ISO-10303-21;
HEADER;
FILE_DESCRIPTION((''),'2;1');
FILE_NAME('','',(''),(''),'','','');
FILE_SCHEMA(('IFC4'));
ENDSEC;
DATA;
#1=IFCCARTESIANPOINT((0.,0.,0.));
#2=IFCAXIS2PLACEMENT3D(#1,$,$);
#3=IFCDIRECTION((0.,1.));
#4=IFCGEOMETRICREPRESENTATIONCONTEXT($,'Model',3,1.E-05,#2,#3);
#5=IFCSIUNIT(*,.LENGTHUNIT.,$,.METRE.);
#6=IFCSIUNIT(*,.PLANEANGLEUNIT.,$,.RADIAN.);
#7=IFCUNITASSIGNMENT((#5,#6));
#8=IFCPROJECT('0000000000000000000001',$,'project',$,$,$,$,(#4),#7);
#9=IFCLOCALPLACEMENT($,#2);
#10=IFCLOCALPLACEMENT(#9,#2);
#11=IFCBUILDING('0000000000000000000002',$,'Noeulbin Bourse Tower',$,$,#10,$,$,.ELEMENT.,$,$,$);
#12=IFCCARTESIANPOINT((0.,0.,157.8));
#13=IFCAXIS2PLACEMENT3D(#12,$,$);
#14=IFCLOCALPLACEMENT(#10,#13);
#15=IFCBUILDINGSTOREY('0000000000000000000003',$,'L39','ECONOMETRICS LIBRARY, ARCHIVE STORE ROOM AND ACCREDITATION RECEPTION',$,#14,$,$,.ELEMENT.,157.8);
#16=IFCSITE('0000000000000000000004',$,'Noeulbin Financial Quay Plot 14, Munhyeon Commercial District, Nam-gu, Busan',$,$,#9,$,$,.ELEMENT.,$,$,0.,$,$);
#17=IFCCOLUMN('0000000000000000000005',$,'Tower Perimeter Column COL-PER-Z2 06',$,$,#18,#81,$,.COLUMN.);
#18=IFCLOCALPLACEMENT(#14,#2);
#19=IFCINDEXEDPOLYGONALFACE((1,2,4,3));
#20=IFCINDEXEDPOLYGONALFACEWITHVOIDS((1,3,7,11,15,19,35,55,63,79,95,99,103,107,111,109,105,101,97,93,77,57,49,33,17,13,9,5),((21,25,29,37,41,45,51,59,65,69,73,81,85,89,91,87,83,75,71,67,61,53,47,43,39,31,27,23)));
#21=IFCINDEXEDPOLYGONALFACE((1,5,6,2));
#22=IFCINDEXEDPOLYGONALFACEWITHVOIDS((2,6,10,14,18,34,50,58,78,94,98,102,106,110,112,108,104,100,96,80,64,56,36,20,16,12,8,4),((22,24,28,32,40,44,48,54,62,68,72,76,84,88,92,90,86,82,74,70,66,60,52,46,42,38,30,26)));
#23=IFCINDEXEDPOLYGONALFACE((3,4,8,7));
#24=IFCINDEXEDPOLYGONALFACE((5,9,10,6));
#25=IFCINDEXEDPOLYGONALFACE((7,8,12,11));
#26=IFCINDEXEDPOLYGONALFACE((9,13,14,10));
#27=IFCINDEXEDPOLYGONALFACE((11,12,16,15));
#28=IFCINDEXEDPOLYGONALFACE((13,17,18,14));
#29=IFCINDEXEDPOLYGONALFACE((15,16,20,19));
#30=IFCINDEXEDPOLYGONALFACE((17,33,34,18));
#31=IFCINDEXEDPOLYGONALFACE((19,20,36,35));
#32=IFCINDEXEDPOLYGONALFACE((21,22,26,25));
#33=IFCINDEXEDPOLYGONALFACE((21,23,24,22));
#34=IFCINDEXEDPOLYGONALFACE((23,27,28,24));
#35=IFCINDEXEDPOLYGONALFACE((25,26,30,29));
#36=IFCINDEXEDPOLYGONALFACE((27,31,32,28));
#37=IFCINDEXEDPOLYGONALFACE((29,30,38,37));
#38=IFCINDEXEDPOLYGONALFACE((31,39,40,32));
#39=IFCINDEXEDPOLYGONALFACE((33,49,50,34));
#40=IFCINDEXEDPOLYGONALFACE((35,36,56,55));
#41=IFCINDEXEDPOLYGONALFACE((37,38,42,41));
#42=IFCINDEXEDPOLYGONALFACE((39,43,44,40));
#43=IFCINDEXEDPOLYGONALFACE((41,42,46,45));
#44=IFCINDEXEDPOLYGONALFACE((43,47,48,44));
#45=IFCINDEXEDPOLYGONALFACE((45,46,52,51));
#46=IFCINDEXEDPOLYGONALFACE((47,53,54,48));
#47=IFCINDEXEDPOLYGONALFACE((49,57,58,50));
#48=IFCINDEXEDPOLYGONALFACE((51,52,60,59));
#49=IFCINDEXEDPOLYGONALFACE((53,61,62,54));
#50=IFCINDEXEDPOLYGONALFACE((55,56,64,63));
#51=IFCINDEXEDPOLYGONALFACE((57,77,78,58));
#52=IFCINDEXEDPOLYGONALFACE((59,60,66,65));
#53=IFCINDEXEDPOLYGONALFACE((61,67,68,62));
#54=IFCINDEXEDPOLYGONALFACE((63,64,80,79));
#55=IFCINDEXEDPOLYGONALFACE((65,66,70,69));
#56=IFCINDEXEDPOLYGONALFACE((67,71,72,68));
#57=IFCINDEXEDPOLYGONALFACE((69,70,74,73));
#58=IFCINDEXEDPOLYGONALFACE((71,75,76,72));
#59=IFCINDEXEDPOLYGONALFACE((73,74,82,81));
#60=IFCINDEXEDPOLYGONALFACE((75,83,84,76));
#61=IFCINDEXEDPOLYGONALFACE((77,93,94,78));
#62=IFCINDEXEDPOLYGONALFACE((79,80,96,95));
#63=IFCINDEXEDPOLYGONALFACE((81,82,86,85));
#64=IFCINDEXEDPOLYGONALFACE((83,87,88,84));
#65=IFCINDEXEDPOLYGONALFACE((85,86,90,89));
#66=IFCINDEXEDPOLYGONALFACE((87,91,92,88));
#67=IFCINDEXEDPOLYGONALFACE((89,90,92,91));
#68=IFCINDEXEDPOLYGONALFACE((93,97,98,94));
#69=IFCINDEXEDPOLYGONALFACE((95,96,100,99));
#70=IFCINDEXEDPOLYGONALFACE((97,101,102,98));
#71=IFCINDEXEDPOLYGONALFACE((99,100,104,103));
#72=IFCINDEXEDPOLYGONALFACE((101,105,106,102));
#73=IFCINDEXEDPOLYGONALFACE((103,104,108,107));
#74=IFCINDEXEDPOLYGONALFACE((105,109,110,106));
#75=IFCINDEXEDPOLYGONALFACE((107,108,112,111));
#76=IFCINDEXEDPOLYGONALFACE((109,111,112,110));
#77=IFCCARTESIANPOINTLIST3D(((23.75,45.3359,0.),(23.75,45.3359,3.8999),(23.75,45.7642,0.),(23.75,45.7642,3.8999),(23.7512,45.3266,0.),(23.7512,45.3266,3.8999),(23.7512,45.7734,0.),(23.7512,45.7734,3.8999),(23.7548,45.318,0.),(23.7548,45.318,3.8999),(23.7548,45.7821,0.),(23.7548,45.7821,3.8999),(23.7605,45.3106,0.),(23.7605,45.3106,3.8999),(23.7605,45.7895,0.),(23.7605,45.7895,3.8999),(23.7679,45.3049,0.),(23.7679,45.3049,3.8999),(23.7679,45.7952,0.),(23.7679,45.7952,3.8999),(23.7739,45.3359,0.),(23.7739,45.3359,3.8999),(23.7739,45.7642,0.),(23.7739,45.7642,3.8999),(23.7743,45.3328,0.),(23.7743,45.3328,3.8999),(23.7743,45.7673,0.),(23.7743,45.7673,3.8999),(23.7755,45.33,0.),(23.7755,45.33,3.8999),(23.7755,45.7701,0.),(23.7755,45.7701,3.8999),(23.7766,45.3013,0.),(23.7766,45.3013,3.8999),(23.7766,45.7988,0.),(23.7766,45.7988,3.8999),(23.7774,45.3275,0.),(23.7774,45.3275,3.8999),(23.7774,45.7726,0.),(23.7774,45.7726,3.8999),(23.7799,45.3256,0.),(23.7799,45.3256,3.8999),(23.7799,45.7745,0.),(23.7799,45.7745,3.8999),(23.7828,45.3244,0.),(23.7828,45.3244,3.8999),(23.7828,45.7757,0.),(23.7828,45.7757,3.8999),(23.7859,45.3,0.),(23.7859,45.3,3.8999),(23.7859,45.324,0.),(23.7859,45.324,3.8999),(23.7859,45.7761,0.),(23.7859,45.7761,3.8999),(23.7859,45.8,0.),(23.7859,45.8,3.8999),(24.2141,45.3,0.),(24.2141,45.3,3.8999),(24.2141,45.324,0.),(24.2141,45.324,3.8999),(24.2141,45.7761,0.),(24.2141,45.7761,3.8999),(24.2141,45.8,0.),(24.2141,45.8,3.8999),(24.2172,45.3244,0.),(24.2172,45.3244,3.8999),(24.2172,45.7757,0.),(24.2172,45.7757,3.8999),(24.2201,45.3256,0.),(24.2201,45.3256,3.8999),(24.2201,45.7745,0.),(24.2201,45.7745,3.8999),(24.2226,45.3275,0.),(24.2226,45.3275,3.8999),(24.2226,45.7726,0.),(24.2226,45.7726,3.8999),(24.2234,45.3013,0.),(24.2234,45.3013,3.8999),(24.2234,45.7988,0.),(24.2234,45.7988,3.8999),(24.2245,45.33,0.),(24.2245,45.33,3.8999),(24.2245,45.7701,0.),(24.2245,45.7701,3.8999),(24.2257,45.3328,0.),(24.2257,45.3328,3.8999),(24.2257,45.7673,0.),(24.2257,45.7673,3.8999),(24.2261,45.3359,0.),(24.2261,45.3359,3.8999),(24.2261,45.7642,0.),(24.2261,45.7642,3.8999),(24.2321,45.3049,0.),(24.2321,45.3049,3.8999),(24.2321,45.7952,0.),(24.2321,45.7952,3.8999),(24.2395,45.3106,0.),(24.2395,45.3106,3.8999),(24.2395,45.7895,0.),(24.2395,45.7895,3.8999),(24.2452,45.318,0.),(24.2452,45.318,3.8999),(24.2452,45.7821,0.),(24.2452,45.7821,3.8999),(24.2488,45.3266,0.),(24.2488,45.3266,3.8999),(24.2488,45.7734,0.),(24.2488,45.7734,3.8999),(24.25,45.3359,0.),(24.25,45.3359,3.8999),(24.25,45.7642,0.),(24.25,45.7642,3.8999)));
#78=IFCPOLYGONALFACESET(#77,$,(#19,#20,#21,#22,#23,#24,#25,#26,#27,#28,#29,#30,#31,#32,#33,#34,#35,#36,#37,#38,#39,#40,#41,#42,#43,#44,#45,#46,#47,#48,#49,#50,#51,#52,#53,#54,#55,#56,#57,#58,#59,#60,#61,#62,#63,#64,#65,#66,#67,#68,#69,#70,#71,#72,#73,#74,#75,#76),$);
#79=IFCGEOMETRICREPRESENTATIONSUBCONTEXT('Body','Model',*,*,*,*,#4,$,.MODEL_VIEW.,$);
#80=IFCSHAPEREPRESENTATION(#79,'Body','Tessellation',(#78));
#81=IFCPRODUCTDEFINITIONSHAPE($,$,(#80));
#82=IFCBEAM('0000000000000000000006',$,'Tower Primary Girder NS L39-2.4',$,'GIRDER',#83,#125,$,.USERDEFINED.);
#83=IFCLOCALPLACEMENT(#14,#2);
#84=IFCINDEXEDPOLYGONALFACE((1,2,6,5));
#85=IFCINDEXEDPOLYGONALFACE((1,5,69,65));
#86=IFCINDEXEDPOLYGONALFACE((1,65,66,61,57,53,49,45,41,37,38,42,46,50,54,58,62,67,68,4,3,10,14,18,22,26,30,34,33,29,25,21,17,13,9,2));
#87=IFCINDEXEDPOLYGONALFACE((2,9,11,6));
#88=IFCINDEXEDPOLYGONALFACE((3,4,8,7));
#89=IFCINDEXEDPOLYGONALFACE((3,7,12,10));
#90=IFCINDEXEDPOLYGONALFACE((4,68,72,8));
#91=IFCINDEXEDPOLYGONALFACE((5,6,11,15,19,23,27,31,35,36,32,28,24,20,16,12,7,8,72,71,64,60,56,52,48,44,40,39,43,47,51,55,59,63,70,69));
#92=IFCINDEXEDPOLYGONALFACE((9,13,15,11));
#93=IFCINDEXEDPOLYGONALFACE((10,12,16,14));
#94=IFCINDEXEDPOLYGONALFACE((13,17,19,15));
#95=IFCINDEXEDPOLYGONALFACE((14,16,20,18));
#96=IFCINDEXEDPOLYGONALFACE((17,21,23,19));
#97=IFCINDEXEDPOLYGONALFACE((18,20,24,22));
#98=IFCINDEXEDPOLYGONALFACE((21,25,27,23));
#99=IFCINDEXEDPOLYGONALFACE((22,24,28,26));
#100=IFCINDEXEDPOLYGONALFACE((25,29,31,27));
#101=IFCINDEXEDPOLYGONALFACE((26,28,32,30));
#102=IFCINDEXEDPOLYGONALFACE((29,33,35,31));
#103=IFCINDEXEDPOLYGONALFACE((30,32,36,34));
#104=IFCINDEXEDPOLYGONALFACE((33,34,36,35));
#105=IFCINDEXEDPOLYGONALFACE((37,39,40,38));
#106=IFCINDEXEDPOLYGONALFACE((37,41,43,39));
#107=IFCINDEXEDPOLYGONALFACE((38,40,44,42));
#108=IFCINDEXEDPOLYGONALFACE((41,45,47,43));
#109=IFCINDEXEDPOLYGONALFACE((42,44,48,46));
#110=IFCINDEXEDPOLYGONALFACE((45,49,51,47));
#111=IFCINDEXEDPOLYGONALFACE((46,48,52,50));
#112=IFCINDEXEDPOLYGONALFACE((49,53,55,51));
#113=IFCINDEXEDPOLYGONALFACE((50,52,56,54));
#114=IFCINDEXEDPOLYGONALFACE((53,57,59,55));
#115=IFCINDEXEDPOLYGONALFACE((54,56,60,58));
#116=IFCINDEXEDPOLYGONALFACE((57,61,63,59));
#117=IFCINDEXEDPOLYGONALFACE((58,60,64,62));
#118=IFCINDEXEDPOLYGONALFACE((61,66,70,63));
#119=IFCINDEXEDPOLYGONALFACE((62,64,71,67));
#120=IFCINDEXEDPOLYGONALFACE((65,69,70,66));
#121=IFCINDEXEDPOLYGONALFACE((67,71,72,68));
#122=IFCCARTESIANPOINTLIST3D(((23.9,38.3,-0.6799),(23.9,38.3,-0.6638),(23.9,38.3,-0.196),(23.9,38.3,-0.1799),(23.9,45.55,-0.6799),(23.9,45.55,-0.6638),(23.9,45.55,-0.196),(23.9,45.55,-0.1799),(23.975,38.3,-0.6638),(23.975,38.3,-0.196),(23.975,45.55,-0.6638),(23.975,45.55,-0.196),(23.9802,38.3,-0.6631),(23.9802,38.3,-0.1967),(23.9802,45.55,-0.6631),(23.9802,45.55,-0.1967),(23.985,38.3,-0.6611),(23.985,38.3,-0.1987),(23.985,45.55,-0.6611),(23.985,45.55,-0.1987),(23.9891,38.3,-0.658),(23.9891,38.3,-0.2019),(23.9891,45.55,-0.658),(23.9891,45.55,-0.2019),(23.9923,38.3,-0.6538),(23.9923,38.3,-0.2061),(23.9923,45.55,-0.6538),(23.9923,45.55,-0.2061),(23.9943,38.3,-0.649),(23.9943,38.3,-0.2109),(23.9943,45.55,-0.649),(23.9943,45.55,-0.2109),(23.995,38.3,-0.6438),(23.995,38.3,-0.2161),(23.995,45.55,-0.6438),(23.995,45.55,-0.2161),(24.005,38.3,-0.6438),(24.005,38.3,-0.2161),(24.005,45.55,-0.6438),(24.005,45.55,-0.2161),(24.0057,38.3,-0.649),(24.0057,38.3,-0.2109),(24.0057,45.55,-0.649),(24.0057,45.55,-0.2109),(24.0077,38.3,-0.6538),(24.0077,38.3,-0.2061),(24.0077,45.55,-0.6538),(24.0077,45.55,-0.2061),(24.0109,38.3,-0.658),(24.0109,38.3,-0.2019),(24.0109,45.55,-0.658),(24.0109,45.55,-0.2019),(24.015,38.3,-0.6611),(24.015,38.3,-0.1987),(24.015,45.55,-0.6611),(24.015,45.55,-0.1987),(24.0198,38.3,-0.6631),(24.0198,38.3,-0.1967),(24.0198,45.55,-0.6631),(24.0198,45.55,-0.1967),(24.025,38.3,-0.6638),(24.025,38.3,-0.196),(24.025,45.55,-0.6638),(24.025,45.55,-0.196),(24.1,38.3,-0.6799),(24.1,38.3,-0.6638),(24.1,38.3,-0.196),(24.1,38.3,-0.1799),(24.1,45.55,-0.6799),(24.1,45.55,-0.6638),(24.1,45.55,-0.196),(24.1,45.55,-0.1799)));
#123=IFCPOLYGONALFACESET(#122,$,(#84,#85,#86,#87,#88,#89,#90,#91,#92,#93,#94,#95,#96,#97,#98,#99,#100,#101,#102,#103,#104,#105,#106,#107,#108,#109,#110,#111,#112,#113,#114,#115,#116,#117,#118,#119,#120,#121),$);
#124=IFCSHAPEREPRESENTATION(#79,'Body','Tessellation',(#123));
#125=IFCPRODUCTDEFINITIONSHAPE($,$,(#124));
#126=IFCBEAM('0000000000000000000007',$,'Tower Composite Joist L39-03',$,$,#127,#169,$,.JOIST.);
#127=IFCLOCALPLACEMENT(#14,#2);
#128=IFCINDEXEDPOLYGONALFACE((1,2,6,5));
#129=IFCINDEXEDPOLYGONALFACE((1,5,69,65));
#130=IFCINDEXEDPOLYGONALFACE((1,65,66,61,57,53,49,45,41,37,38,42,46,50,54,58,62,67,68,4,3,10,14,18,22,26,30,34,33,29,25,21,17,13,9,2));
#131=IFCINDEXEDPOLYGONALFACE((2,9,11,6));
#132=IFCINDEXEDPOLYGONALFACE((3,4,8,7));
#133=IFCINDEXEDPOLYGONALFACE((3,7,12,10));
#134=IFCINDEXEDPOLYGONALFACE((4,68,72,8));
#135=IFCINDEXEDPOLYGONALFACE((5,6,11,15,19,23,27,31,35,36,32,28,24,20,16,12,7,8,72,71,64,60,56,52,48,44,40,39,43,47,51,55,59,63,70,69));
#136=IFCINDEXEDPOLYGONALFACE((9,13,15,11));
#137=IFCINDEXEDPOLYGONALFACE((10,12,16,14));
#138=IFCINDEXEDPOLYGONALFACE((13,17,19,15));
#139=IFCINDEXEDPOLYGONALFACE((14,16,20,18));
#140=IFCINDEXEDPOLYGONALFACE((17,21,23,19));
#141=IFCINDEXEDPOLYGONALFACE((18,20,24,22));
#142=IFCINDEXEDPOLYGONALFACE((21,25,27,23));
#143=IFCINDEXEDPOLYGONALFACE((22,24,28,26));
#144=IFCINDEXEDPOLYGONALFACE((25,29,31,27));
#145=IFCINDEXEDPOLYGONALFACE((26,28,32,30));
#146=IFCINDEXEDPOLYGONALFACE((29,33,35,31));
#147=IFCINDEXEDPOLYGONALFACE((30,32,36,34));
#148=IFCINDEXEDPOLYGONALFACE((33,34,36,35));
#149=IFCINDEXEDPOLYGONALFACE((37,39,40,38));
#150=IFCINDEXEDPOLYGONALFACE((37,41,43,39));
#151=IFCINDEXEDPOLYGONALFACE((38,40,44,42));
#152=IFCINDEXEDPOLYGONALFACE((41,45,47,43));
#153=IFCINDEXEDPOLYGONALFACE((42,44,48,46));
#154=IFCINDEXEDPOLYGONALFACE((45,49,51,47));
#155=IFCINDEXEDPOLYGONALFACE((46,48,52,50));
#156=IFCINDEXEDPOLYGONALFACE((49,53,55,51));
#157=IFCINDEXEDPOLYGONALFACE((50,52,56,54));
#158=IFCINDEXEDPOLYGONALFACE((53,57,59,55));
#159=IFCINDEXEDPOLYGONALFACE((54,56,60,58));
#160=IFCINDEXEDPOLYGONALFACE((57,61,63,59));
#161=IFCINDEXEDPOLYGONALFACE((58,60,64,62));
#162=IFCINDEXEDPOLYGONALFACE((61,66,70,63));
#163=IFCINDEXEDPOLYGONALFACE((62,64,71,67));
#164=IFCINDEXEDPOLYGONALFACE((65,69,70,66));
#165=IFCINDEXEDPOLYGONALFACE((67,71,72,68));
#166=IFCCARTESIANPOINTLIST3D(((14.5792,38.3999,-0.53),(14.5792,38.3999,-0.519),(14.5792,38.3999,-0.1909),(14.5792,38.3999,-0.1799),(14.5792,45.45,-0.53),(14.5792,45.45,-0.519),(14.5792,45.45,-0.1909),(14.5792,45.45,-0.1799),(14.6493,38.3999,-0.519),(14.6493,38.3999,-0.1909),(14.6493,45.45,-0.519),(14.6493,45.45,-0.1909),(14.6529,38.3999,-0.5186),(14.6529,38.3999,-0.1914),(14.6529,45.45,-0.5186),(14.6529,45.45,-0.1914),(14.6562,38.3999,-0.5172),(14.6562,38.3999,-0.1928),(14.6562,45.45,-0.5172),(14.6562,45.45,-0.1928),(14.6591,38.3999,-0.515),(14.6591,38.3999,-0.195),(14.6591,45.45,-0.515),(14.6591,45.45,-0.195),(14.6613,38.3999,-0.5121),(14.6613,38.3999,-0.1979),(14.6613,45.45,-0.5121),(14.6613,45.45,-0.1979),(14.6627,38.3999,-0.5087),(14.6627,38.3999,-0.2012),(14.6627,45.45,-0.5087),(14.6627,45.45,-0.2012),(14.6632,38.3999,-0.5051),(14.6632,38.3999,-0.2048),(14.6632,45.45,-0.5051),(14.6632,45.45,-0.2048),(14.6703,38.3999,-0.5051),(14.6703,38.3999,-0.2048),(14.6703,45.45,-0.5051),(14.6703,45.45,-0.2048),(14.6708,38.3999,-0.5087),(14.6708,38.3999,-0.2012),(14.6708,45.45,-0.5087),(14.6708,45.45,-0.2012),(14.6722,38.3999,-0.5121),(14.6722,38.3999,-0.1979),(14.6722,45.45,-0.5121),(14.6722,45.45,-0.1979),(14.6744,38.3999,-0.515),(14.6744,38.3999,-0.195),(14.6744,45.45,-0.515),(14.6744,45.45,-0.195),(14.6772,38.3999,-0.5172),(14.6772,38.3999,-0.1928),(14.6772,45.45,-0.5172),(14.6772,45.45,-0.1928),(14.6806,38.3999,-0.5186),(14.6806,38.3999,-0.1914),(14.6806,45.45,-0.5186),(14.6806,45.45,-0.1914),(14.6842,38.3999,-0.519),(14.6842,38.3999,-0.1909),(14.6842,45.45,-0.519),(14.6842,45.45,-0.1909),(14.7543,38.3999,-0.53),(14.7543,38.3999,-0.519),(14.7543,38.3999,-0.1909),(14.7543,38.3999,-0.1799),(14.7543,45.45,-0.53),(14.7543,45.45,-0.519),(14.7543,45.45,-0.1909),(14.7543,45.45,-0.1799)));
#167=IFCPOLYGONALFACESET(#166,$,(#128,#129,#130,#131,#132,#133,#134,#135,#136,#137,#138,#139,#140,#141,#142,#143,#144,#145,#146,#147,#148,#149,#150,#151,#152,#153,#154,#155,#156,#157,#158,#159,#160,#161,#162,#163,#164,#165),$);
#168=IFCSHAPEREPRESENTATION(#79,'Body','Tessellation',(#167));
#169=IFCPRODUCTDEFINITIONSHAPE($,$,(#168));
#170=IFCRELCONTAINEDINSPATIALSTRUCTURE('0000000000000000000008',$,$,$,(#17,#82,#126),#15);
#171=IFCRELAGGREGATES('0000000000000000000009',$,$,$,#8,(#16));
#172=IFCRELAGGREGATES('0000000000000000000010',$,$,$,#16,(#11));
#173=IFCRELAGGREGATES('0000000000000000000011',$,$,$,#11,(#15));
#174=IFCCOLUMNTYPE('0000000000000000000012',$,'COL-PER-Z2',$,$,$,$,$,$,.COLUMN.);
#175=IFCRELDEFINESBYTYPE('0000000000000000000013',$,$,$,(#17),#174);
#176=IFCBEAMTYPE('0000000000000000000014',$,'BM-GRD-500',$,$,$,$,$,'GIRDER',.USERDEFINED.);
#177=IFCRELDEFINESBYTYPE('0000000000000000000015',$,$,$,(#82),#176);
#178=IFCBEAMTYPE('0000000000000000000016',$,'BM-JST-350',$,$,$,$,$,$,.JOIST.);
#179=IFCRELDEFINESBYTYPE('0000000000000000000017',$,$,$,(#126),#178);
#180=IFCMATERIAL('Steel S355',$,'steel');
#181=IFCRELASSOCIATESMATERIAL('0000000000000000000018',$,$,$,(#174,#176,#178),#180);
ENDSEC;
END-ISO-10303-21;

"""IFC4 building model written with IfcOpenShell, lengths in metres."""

from ifc_helpers import new_model, si_unit, direction, frame, origin, origin_2d, place, context, subcontext, project, spatial, hollow_rectangle, i_section, extrude, material, material_profile, profile_set, type_object, element, save


model = new_model("IFC4")

# Units and contexts
model_context = context("Model", 3, precision=1e-05, world=origin(), true_north=direction((0.0, 1.0)))
body_context = subcontext(model_context, "Body", "Model", "MODEL_VIEW")
ifc_project = project(units=[si_unit("LENGTHUNIT", "METRE"), si_unit("PLANEANGLEUNIT", "RADIAN")], contexts=[model_context])

# Site, building, storey
site_placement = place(None, origin())
site = spatial("IfcSite", under=ifc_project, at=site_placement, Name="Noeulbin Financial Quay Plot 14, Munhyeon Commercial District, Nam-gu, Busan", CompositionType="ELEMENT", RefElevation=0.0)
building_placement = place(site_placement, origin())
building = spatial("IfcBuilding", under=site, at=building_placement, Name="Noeulbin Bourse Tower", CompositionType="ELEMENT")
storey_placement = place(building_placement, frame((0.0, 0.0, 157.8)))
storey = spatial("IfcBuildingStorey", under=building, at=storey_placement, Name="L39", Description="ECONOMETRICS LIBRARY, ARCHIVE STORE ROOM AND ACCREDITATION RECEPTION", CompositionType="ELEMENT", Elevation=157.8)

# Column
ifc_material_1 = material(Name="Steel S355", Category="steel")
ifc_material_profile_1 = material_profile(ifc_material_1, hollow_rectangle(XDim=0.5, YDim=0.5, WallThickness=0.0239, InnerFilletRadius=0.012, OuterFilletRadius=0.0359, at=origin_2d()), Name="BOX-500x500x24", Category="LoadBearing")
ifc_profile_set_1 = profile_set([ifc_material_profile_1], Name="Steel S355")
column_type = type_object("IfcColumnType", Name="COL-PER-Z2", PredefinedType="COLUMN", material=ifc_profile_set_1)
column_placement = place(storey_placement, frame((24.0, 45.55, 0.0), z_axis=(0.0, 0.0, 1.0), x_axis=(1.0, 0.0, 0.0)))
element("IfcColumn", 1, at=column_placement, inside=storey, type_object=column_type, Name="Tower Perimeter Column COL-PER-Z2 06", PredefinedType="COLUMN", context=body_context, shape_type="SweptSolid", body=[
    extrude(hollow_rectangle(XDim=0.5, YDim=0.5, WallThickness=0.0239, InnerFilletRadius=0.012, OuterFilletRadius=0.0359, at=origin_2d()), origin(), (0.0, 0.0, 1.0), 3.8999),
])

# Beams
ifc_material_profile_2 = material_profile(ifc_material_1, i_section(OverallWidth=0.2, OverallDepth=0.5, WebThickness=0.01, FlangeThickness=0.0161, FilletRadius=0.02, at=origin_2d()), Name="H-500x200x10x16", Category="LoadBearing")
ifc_profile_set_2 = profile_set([ifc_material_profile_2], Name="Steel S355")
beam_type_1 = type_object("IfcBeamType", Name="BM-GRD-500", ElementType="GIRDER", PredefinedType="USERDEFINED", material=ifc_profile_set_2)
beam_1_placement = place(storey_placement, frame((24.0, 38.3, -0.4299), z_axis=(0.0, 1.0, 0.0), x_axis=(-1.0, 0.0, 0.0)))
element("IfcBeam", 2, at=beam_1_placement, inside=storey, type_object=beam_type_1, Name="Tower Primary Girder NS L39-2.4", ObjectType="GIRDER", PredefinedType="USERDEFINED", context=body_context, shape_type="SweptSolid", body=[
    extrude(i_section(OverallWidth=0.2, OverallDepth=0.5, WebThickness=0.01, FlangeThickness=0.0161, FilletRadius=0.02, at=origin_2d()), origin(), (0.0, 0.0, 1.0), 7.25),
])
ifc_material_profile_3 = material_profile(ifc_material_1, i_section(OverallWidth=0.175, OverallDepth=0.3501, WebThickness=0.0071, FlangeThickness=0.011, FilletRadius=0.0139, at=origin_2d()), Name="H-350x175x7x11", Category="LoadBearing")
ifc_profile_set_3 = profile_set([ifc_material_profile_3], Name="Steel S355")
beam_type_2 = type_object("IfcBeamType", Name="BM-JST-350", PredefinedType="JOIST", material=ifc_profile_set_3)
for number, where, z_axis, x_axis, name in (
    (3, (14.6667, 38.3999, -0.355), (0.0, 1.0, 0.0), (-1.0, 0.0, 0.0), "Tower Composite Joist L39-03"),
):
    element("IfcBeam", number, at=place(storey_placement, frame(where, z_axis=z_axis, x_axis=x_axis)), inside=storey, type_object=beam_type_2, Name=name, PredefinedType="JOIST", context=body_context, shape_type="SweptSolid", body=[
        extrude(i_section(OverallWidth=0.175, OverallDepth=0.3501, WebThickness=0.0071, FlangeThickness=0.011, FilletRadius=0.0139, at=origin_2d()), origin(), (0.0, 0.0, 1.0), 7.05),
    ])

save(model, "model.ifc")
